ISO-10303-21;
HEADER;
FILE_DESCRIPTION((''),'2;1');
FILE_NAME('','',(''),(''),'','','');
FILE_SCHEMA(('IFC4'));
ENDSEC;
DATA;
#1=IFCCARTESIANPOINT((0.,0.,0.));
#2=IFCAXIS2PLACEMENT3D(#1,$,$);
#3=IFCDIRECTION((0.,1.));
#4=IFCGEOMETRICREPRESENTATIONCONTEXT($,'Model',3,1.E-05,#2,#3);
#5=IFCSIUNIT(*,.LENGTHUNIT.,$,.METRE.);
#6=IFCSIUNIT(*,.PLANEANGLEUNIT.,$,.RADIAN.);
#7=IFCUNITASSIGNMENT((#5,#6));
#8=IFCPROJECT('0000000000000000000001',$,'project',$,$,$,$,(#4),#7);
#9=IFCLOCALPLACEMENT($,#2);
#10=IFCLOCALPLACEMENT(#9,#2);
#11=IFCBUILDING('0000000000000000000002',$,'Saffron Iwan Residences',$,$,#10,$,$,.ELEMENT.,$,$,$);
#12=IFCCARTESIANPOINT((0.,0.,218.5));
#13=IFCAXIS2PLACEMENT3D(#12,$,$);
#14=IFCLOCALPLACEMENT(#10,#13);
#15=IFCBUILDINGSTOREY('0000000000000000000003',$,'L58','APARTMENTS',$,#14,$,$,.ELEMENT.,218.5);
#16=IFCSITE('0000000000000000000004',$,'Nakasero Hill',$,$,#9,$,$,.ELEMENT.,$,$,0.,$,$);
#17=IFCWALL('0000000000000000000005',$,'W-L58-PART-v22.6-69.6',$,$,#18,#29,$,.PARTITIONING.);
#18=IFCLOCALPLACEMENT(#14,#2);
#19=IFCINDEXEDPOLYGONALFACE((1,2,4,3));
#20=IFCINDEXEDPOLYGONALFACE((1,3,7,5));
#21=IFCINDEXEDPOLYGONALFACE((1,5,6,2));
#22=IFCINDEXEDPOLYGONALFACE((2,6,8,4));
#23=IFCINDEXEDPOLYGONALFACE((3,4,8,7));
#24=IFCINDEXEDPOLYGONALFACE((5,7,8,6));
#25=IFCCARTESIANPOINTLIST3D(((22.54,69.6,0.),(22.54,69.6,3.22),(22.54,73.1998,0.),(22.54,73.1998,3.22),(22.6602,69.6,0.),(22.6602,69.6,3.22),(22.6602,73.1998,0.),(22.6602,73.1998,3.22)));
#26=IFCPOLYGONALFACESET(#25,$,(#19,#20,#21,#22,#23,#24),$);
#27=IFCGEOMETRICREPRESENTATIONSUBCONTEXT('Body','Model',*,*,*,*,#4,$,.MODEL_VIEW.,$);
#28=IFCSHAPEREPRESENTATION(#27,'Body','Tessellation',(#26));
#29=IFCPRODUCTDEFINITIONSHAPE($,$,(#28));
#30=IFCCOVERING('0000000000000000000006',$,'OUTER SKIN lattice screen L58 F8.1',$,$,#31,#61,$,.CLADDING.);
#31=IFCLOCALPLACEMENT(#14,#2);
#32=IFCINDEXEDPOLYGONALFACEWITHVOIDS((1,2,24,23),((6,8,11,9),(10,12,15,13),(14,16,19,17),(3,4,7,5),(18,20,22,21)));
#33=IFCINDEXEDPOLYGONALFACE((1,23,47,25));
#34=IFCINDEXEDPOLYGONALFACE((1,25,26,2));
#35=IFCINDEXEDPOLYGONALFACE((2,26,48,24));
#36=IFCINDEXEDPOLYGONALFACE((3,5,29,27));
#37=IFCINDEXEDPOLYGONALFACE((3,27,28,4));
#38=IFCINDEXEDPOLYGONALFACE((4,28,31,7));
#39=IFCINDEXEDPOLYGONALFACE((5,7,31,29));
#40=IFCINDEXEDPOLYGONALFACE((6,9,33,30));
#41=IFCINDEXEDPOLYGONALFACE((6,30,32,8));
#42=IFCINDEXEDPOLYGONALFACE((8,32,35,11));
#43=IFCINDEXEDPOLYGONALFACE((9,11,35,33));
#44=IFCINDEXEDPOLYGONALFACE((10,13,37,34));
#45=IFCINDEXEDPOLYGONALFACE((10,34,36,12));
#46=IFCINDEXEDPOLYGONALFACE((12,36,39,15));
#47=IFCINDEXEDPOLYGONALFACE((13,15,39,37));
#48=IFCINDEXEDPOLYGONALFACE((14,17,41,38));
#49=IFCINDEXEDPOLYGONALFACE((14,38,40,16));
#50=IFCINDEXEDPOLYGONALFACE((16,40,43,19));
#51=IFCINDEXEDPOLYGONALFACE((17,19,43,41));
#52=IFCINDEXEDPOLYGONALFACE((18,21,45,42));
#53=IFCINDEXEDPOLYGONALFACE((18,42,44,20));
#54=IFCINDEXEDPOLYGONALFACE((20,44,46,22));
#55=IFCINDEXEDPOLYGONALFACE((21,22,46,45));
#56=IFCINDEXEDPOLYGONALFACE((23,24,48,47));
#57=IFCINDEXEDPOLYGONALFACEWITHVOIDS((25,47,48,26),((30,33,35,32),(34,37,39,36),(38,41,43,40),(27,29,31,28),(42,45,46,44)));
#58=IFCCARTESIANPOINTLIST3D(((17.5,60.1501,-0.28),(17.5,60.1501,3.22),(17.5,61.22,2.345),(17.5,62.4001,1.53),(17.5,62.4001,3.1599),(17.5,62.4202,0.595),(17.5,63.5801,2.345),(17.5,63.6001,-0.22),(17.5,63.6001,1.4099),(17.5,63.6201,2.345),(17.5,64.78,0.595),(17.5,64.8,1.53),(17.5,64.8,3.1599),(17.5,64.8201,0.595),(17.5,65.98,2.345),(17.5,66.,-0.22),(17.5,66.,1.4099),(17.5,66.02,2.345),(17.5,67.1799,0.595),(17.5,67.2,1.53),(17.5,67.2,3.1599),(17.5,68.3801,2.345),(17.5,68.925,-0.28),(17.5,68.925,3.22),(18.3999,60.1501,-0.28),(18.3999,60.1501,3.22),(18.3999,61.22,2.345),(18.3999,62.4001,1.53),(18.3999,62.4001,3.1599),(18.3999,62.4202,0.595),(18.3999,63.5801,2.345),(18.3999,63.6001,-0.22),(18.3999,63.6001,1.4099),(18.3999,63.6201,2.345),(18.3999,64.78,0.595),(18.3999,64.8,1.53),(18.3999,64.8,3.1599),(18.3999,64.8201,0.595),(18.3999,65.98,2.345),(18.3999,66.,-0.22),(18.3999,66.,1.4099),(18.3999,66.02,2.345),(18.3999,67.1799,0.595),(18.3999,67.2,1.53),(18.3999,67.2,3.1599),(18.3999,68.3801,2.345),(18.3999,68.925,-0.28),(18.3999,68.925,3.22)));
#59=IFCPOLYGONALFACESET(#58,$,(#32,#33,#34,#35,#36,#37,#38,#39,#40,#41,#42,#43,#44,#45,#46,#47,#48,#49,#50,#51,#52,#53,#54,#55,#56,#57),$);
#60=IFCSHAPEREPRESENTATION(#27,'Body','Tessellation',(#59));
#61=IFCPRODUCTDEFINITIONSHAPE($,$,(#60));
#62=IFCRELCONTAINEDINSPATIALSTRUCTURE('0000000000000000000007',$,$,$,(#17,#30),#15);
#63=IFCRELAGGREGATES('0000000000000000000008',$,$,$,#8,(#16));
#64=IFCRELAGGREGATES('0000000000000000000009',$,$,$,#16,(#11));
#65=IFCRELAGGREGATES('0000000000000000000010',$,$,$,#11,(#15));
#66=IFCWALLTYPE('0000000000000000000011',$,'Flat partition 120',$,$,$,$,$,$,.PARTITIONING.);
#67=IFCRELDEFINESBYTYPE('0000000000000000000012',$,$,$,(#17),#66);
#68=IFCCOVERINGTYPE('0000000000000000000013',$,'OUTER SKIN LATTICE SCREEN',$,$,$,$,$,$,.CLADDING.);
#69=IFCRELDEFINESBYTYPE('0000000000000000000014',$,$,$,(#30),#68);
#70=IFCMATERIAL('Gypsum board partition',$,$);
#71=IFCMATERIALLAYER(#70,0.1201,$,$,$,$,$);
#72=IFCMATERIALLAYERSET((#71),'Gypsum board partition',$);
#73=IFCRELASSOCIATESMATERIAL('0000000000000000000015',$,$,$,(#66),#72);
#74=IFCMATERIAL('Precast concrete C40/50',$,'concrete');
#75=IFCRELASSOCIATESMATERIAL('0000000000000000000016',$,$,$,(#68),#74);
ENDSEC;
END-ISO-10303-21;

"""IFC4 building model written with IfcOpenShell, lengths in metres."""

from ifc_helpers import new_model, si_unit, direction, frame, frame_2d, origin, place, context, subcontext, project, spatial, polyline, rectangle, outline, extrude, material, layer, layer_set, type_object, element, save


model = new_model("IFC4")

# Units and contexts
model_context = context("Model", 3, precision=1e-05, world=origin(), true_north=direction((0.0, 1.0)))
body_context = subcontext(model_context, "Body", "Model", "MODEL_VIEW")
ifc_project = project(units=[si_unit("LENGTHUNIT", "METRE"), si_unit("PLANEANGLEUNIT", "RADIAN")], contexts=[model_context])

# Site, building, storey
site_placement = place(None, origin())
site = spatial("IfcSite", under=ifc_project, at=site_placement, Name="Nakasero Hill", CompositionType="ELEMENT", RefElevation=0.0)
building_placement = place(site_placement, origin())
building = spatial("IfcBuilding", under=site, at=building_placement, Name="Saffron Iwan Residences", CompositionType="ELEMENT")
storey_placement = place(building_placement, frame((0.0, 0.0, 218.5)))
storey = spatial("IfcBuildingStorey", under=building, at=storey_placement, Name="L58", Description="APARTMENTS", CompositionType="ELEMENT", Elevation=218.5)

# Shared definitions
ifc_material_1 = material(Name="Gypsum board partition")
ifc_layer_1 = layer(ifc_material_1, 0.1201)
ifc_layer_set_1 = layer_set([ifc_layer_1], Name="Gypsum board partition")
wall_type_1 = type_object("IfcWallType", Name="Flat partition 120", PredefinedType="PARTITIONING", material=ifc_layer_set_1)

# Wall
wall_1_placement = place(storey_placement, frame((22.6001, 69.6001, 0.0), z_axis=(0.0, 0.0, 1.0), x_axis=(0.0, 1.0, 0.0)))
element("IfcWall", 1, at=wall_1_placement, inside=storey, type_object=wall_type_1, Name="W-L58-PART-v22.6-69.6", PredefinedType="PARTITIONING", context=body_context, shape_type="SweptSolid", body=[
    extrude(rectangle(XDim=3.5999, YDim=0.1201, at=frame_2d((1.7998, 0.0))), origin(), (0.0, 0.0, 1.0), 3.22),
])

# Covering
ifc_material_2 = material(Name="Precast concrete C40/50", Category="concrete")
covering_type = type_object("IfcCoveringType", Name="OUTER SKIN LATTICE SCREEN", PredefinedType="CLADDING", material=ifc_material_2)
covering_placement = place(storey_placement, frame((18.3999, 68.925, -0.28), z_axis=(-1.0, 0.0, 0.0), x_axis=(0.0, -1.0, 0.0)))
element("IfcCovering", 2, at=covering_placement, inside=storey, type_object=covering_type, Name="OUTER SKIN lattice screen L58 F8.1", PredefinedType="CLADDING", context=body_context, shape_type="SweptSolid", body=[
    extrude(outline(polyline([(0.0, 0.0), (8.7749, 0.0), (8.7749, 3.5), (0.0, 3.5), (0.0, 0.0)]), holes=[polyline([(1.7451, 0.875), (2.925, 0.0601), (4.105, 0.875), (2.925, 1.6899), (1.7451, 0.875)]), polyline([(4.145, 0.875), (5.325, 0.0601), (6.5049, 0.875), (5.325, 1.6899), (4.145, 0.875)]), polyline([(0.5449, 2.625), (1.7251, 1.8101), (2.905, 2.625), (1.7251, 3.4399), (0.5449, 2.625)]), polyline([(2.9451, 2.625), (4.125, 1.8101), (5.3049, 2.625), (4.125, 3.4399), (2.9451, 2.625)]), polyline([(5.345, 2.625), (6.5249, 1.8101), (7.7051, 2.625), (6.5249, 3.4399), (5.345, 2.625)])]), origin(), (0.0, 0.0, 1.0), 0.8999),
])

save(model, "model.ifc")
